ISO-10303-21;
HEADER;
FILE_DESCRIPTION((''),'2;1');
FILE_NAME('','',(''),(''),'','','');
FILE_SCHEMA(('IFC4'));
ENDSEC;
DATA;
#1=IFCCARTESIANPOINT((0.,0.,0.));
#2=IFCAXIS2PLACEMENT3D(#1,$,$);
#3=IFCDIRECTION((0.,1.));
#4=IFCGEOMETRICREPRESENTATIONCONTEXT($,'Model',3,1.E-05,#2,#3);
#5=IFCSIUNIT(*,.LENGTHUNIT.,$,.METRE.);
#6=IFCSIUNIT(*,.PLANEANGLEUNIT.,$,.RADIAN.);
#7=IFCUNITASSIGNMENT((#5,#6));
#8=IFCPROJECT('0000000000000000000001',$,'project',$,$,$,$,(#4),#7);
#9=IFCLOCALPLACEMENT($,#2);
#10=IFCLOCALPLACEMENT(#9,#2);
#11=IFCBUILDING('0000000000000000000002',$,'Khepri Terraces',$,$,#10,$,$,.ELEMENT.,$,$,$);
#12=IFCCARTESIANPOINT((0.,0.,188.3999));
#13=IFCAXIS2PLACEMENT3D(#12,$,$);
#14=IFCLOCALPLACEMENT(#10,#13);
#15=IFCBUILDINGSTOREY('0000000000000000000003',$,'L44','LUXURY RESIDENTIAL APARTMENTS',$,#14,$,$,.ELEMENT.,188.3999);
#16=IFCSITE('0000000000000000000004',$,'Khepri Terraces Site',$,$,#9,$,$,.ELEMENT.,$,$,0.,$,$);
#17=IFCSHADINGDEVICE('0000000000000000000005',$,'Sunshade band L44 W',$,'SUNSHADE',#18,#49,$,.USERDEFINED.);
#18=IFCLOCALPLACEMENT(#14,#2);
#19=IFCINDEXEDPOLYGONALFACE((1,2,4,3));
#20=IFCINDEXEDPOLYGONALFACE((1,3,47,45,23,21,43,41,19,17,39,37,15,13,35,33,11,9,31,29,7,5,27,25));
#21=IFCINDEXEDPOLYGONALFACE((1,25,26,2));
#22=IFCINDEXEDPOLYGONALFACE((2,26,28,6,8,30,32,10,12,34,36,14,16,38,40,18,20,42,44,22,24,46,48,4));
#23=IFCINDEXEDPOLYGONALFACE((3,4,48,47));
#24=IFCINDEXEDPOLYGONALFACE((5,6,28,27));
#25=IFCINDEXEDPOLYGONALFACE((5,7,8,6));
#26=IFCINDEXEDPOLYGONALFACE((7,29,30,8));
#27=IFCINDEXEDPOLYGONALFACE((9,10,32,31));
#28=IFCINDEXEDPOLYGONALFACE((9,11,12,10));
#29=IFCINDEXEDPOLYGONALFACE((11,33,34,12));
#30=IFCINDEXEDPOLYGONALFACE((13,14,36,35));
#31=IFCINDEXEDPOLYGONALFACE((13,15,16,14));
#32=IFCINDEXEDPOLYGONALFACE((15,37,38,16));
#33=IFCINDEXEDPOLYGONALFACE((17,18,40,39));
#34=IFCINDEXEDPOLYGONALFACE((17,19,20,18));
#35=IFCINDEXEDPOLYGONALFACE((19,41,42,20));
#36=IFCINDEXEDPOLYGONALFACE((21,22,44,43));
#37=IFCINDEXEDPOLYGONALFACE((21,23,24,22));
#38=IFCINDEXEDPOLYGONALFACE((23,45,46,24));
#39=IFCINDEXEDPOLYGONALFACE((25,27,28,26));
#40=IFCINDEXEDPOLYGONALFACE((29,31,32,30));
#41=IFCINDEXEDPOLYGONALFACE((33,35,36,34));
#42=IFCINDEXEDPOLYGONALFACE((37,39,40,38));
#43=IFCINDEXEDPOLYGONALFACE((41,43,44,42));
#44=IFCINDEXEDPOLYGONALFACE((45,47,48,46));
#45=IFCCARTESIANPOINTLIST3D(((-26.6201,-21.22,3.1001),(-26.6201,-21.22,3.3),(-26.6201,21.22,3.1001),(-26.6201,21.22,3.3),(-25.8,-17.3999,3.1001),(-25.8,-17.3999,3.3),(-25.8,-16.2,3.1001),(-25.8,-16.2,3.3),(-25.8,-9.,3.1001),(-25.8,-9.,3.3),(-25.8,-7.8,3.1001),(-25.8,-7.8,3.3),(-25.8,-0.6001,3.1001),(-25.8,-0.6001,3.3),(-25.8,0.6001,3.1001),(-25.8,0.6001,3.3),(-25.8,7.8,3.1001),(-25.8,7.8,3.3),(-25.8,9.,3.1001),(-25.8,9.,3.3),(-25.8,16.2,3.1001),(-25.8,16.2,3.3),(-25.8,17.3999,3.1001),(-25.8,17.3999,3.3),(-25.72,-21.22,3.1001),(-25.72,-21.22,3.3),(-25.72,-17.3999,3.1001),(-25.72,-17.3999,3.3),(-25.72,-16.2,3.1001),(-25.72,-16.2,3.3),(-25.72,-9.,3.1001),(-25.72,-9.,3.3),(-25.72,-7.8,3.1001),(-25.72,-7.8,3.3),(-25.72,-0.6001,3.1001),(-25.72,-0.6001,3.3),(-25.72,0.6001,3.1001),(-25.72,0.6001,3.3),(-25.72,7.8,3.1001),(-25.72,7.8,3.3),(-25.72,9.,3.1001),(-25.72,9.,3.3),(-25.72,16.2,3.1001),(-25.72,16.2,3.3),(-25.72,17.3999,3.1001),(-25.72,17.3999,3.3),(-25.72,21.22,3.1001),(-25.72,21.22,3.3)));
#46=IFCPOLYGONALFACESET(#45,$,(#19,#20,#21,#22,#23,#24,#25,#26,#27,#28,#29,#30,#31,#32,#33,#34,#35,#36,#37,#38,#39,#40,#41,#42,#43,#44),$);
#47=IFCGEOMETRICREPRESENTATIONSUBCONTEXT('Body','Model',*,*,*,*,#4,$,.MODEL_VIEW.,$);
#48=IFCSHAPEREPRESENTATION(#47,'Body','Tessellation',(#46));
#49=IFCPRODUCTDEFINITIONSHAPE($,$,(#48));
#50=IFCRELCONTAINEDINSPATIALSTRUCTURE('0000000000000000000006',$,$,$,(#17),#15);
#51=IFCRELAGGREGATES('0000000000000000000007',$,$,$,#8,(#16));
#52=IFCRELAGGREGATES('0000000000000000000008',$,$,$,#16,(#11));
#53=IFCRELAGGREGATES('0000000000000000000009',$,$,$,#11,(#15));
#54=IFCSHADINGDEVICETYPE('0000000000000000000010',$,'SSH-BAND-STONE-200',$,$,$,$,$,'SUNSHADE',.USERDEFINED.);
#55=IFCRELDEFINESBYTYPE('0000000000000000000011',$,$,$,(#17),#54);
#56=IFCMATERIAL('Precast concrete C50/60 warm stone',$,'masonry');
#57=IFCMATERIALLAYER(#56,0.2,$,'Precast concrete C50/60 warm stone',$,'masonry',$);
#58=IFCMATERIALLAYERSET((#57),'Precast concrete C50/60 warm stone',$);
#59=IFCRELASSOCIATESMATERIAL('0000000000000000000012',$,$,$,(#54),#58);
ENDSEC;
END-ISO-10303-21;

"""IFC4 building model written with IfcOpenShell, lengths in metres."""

from ifc_helpers import new_model, si_unit, direction, frame, origin, place, context, subcontext, project, spatial, polyline, outline, extrude, material, layer, layer_set, type_object, element, save


model = new_model("IFC4")

# Units and contexts
model_context = context("Model", 3, precision=1e-05, world=origin(), true_north=direction((0.0, 1.0)))
body_context = subcontext(model_context, "Body", "Model", "MODEL_VIEW")
ifc_project = project(units=[si_unit("LENGTHUNIT", "METRE"), si_unit("PLANEANGLEUNIT", "RADIAN")], contexts=[model_context])

# Site, building, storey
site_placement = place(None, origin())
site = spatial("IfcSite", under=ifc_project, at=site_placement, Name="Khepri Terraces Site", CompositionType="ELEMENT", RefElevation=0.0)
building_placement = place(site_placement, origin())
building = spatial("IfcBuilding", under=site, at=building_placement, Name="Khepri Terraces", CompositionType="ELEMENT")
storey_placement = place(building_placement, frame((0.0, 0.0, 188.3999)))
storey = spatial("IfcBuildingStorey", under=building, at=storey_placement, Name="L44", Description="LUXURY RESIDENTIAL APARTMENTS", CompositionType="ELEMENT", Elevation=188.3999)

# Shading device
ifc_material_1 = material(Name="Precast concrete C50/60 warm stone", Category="masonry")
ifc_layer_1 = layer(ifc_material_1, 0.2, Name="Precast concrete C50/60 warm stone", Category="masonry")
ifc_layer_set_1 = layer_set([ifc_layer_1], Name="Precast concrete C50/60 warm stone")
shading_device_type = type_object("IfcShadingDeviceType", Name="SSH-BAND-STONE-200", ElementType="SUNSHADE", PredefinedType="USERDEFINED", material=ifc_layer_set_1)
shading_device_placement = place(storey_placement, frame((0.0, 0.0, 3.1001)))
element("IfcShadingDevice", 1, at=shading_device_placement, inside=storey, type_object=shading_device_type, Name="Sunshade band L44 W", ObjectType="SUNSHADE", PredefinedType="USERDEFINED", context=body_context, shape_type="SweptSolid", body=[
    extrude(outline(polyline([(-25.72, 17.3999), (-25.72, 21.22), (-26.6201, 21.22), (-26.6201, -21.22), (-25.72, -21.22), (-25.72, -17.3999), (-25.8, -17.3999), (-25.8, -16.2), (-25.72, -16.2), (-25.72, -9.0), (-25.8, -9.0), (-25.8, -7.8), (-25.72, -7.8), (-25.72, -0.6001), (-25.8, -0.6001), (-25.8, 0.6001), (-25.72, 0.6001), (-25.72, 7.8), (-25.8, 7.8), (-25.8, 9.0), (-25.72, 9.0), (-25.72, 16.2), (-25.8, 16.2), (-25.8, 17.3999), (-25.72, 17.3999)])), origin(), (0.0, 0.0, 1.0), 0.2),
])

save(model, "model.ifc")
